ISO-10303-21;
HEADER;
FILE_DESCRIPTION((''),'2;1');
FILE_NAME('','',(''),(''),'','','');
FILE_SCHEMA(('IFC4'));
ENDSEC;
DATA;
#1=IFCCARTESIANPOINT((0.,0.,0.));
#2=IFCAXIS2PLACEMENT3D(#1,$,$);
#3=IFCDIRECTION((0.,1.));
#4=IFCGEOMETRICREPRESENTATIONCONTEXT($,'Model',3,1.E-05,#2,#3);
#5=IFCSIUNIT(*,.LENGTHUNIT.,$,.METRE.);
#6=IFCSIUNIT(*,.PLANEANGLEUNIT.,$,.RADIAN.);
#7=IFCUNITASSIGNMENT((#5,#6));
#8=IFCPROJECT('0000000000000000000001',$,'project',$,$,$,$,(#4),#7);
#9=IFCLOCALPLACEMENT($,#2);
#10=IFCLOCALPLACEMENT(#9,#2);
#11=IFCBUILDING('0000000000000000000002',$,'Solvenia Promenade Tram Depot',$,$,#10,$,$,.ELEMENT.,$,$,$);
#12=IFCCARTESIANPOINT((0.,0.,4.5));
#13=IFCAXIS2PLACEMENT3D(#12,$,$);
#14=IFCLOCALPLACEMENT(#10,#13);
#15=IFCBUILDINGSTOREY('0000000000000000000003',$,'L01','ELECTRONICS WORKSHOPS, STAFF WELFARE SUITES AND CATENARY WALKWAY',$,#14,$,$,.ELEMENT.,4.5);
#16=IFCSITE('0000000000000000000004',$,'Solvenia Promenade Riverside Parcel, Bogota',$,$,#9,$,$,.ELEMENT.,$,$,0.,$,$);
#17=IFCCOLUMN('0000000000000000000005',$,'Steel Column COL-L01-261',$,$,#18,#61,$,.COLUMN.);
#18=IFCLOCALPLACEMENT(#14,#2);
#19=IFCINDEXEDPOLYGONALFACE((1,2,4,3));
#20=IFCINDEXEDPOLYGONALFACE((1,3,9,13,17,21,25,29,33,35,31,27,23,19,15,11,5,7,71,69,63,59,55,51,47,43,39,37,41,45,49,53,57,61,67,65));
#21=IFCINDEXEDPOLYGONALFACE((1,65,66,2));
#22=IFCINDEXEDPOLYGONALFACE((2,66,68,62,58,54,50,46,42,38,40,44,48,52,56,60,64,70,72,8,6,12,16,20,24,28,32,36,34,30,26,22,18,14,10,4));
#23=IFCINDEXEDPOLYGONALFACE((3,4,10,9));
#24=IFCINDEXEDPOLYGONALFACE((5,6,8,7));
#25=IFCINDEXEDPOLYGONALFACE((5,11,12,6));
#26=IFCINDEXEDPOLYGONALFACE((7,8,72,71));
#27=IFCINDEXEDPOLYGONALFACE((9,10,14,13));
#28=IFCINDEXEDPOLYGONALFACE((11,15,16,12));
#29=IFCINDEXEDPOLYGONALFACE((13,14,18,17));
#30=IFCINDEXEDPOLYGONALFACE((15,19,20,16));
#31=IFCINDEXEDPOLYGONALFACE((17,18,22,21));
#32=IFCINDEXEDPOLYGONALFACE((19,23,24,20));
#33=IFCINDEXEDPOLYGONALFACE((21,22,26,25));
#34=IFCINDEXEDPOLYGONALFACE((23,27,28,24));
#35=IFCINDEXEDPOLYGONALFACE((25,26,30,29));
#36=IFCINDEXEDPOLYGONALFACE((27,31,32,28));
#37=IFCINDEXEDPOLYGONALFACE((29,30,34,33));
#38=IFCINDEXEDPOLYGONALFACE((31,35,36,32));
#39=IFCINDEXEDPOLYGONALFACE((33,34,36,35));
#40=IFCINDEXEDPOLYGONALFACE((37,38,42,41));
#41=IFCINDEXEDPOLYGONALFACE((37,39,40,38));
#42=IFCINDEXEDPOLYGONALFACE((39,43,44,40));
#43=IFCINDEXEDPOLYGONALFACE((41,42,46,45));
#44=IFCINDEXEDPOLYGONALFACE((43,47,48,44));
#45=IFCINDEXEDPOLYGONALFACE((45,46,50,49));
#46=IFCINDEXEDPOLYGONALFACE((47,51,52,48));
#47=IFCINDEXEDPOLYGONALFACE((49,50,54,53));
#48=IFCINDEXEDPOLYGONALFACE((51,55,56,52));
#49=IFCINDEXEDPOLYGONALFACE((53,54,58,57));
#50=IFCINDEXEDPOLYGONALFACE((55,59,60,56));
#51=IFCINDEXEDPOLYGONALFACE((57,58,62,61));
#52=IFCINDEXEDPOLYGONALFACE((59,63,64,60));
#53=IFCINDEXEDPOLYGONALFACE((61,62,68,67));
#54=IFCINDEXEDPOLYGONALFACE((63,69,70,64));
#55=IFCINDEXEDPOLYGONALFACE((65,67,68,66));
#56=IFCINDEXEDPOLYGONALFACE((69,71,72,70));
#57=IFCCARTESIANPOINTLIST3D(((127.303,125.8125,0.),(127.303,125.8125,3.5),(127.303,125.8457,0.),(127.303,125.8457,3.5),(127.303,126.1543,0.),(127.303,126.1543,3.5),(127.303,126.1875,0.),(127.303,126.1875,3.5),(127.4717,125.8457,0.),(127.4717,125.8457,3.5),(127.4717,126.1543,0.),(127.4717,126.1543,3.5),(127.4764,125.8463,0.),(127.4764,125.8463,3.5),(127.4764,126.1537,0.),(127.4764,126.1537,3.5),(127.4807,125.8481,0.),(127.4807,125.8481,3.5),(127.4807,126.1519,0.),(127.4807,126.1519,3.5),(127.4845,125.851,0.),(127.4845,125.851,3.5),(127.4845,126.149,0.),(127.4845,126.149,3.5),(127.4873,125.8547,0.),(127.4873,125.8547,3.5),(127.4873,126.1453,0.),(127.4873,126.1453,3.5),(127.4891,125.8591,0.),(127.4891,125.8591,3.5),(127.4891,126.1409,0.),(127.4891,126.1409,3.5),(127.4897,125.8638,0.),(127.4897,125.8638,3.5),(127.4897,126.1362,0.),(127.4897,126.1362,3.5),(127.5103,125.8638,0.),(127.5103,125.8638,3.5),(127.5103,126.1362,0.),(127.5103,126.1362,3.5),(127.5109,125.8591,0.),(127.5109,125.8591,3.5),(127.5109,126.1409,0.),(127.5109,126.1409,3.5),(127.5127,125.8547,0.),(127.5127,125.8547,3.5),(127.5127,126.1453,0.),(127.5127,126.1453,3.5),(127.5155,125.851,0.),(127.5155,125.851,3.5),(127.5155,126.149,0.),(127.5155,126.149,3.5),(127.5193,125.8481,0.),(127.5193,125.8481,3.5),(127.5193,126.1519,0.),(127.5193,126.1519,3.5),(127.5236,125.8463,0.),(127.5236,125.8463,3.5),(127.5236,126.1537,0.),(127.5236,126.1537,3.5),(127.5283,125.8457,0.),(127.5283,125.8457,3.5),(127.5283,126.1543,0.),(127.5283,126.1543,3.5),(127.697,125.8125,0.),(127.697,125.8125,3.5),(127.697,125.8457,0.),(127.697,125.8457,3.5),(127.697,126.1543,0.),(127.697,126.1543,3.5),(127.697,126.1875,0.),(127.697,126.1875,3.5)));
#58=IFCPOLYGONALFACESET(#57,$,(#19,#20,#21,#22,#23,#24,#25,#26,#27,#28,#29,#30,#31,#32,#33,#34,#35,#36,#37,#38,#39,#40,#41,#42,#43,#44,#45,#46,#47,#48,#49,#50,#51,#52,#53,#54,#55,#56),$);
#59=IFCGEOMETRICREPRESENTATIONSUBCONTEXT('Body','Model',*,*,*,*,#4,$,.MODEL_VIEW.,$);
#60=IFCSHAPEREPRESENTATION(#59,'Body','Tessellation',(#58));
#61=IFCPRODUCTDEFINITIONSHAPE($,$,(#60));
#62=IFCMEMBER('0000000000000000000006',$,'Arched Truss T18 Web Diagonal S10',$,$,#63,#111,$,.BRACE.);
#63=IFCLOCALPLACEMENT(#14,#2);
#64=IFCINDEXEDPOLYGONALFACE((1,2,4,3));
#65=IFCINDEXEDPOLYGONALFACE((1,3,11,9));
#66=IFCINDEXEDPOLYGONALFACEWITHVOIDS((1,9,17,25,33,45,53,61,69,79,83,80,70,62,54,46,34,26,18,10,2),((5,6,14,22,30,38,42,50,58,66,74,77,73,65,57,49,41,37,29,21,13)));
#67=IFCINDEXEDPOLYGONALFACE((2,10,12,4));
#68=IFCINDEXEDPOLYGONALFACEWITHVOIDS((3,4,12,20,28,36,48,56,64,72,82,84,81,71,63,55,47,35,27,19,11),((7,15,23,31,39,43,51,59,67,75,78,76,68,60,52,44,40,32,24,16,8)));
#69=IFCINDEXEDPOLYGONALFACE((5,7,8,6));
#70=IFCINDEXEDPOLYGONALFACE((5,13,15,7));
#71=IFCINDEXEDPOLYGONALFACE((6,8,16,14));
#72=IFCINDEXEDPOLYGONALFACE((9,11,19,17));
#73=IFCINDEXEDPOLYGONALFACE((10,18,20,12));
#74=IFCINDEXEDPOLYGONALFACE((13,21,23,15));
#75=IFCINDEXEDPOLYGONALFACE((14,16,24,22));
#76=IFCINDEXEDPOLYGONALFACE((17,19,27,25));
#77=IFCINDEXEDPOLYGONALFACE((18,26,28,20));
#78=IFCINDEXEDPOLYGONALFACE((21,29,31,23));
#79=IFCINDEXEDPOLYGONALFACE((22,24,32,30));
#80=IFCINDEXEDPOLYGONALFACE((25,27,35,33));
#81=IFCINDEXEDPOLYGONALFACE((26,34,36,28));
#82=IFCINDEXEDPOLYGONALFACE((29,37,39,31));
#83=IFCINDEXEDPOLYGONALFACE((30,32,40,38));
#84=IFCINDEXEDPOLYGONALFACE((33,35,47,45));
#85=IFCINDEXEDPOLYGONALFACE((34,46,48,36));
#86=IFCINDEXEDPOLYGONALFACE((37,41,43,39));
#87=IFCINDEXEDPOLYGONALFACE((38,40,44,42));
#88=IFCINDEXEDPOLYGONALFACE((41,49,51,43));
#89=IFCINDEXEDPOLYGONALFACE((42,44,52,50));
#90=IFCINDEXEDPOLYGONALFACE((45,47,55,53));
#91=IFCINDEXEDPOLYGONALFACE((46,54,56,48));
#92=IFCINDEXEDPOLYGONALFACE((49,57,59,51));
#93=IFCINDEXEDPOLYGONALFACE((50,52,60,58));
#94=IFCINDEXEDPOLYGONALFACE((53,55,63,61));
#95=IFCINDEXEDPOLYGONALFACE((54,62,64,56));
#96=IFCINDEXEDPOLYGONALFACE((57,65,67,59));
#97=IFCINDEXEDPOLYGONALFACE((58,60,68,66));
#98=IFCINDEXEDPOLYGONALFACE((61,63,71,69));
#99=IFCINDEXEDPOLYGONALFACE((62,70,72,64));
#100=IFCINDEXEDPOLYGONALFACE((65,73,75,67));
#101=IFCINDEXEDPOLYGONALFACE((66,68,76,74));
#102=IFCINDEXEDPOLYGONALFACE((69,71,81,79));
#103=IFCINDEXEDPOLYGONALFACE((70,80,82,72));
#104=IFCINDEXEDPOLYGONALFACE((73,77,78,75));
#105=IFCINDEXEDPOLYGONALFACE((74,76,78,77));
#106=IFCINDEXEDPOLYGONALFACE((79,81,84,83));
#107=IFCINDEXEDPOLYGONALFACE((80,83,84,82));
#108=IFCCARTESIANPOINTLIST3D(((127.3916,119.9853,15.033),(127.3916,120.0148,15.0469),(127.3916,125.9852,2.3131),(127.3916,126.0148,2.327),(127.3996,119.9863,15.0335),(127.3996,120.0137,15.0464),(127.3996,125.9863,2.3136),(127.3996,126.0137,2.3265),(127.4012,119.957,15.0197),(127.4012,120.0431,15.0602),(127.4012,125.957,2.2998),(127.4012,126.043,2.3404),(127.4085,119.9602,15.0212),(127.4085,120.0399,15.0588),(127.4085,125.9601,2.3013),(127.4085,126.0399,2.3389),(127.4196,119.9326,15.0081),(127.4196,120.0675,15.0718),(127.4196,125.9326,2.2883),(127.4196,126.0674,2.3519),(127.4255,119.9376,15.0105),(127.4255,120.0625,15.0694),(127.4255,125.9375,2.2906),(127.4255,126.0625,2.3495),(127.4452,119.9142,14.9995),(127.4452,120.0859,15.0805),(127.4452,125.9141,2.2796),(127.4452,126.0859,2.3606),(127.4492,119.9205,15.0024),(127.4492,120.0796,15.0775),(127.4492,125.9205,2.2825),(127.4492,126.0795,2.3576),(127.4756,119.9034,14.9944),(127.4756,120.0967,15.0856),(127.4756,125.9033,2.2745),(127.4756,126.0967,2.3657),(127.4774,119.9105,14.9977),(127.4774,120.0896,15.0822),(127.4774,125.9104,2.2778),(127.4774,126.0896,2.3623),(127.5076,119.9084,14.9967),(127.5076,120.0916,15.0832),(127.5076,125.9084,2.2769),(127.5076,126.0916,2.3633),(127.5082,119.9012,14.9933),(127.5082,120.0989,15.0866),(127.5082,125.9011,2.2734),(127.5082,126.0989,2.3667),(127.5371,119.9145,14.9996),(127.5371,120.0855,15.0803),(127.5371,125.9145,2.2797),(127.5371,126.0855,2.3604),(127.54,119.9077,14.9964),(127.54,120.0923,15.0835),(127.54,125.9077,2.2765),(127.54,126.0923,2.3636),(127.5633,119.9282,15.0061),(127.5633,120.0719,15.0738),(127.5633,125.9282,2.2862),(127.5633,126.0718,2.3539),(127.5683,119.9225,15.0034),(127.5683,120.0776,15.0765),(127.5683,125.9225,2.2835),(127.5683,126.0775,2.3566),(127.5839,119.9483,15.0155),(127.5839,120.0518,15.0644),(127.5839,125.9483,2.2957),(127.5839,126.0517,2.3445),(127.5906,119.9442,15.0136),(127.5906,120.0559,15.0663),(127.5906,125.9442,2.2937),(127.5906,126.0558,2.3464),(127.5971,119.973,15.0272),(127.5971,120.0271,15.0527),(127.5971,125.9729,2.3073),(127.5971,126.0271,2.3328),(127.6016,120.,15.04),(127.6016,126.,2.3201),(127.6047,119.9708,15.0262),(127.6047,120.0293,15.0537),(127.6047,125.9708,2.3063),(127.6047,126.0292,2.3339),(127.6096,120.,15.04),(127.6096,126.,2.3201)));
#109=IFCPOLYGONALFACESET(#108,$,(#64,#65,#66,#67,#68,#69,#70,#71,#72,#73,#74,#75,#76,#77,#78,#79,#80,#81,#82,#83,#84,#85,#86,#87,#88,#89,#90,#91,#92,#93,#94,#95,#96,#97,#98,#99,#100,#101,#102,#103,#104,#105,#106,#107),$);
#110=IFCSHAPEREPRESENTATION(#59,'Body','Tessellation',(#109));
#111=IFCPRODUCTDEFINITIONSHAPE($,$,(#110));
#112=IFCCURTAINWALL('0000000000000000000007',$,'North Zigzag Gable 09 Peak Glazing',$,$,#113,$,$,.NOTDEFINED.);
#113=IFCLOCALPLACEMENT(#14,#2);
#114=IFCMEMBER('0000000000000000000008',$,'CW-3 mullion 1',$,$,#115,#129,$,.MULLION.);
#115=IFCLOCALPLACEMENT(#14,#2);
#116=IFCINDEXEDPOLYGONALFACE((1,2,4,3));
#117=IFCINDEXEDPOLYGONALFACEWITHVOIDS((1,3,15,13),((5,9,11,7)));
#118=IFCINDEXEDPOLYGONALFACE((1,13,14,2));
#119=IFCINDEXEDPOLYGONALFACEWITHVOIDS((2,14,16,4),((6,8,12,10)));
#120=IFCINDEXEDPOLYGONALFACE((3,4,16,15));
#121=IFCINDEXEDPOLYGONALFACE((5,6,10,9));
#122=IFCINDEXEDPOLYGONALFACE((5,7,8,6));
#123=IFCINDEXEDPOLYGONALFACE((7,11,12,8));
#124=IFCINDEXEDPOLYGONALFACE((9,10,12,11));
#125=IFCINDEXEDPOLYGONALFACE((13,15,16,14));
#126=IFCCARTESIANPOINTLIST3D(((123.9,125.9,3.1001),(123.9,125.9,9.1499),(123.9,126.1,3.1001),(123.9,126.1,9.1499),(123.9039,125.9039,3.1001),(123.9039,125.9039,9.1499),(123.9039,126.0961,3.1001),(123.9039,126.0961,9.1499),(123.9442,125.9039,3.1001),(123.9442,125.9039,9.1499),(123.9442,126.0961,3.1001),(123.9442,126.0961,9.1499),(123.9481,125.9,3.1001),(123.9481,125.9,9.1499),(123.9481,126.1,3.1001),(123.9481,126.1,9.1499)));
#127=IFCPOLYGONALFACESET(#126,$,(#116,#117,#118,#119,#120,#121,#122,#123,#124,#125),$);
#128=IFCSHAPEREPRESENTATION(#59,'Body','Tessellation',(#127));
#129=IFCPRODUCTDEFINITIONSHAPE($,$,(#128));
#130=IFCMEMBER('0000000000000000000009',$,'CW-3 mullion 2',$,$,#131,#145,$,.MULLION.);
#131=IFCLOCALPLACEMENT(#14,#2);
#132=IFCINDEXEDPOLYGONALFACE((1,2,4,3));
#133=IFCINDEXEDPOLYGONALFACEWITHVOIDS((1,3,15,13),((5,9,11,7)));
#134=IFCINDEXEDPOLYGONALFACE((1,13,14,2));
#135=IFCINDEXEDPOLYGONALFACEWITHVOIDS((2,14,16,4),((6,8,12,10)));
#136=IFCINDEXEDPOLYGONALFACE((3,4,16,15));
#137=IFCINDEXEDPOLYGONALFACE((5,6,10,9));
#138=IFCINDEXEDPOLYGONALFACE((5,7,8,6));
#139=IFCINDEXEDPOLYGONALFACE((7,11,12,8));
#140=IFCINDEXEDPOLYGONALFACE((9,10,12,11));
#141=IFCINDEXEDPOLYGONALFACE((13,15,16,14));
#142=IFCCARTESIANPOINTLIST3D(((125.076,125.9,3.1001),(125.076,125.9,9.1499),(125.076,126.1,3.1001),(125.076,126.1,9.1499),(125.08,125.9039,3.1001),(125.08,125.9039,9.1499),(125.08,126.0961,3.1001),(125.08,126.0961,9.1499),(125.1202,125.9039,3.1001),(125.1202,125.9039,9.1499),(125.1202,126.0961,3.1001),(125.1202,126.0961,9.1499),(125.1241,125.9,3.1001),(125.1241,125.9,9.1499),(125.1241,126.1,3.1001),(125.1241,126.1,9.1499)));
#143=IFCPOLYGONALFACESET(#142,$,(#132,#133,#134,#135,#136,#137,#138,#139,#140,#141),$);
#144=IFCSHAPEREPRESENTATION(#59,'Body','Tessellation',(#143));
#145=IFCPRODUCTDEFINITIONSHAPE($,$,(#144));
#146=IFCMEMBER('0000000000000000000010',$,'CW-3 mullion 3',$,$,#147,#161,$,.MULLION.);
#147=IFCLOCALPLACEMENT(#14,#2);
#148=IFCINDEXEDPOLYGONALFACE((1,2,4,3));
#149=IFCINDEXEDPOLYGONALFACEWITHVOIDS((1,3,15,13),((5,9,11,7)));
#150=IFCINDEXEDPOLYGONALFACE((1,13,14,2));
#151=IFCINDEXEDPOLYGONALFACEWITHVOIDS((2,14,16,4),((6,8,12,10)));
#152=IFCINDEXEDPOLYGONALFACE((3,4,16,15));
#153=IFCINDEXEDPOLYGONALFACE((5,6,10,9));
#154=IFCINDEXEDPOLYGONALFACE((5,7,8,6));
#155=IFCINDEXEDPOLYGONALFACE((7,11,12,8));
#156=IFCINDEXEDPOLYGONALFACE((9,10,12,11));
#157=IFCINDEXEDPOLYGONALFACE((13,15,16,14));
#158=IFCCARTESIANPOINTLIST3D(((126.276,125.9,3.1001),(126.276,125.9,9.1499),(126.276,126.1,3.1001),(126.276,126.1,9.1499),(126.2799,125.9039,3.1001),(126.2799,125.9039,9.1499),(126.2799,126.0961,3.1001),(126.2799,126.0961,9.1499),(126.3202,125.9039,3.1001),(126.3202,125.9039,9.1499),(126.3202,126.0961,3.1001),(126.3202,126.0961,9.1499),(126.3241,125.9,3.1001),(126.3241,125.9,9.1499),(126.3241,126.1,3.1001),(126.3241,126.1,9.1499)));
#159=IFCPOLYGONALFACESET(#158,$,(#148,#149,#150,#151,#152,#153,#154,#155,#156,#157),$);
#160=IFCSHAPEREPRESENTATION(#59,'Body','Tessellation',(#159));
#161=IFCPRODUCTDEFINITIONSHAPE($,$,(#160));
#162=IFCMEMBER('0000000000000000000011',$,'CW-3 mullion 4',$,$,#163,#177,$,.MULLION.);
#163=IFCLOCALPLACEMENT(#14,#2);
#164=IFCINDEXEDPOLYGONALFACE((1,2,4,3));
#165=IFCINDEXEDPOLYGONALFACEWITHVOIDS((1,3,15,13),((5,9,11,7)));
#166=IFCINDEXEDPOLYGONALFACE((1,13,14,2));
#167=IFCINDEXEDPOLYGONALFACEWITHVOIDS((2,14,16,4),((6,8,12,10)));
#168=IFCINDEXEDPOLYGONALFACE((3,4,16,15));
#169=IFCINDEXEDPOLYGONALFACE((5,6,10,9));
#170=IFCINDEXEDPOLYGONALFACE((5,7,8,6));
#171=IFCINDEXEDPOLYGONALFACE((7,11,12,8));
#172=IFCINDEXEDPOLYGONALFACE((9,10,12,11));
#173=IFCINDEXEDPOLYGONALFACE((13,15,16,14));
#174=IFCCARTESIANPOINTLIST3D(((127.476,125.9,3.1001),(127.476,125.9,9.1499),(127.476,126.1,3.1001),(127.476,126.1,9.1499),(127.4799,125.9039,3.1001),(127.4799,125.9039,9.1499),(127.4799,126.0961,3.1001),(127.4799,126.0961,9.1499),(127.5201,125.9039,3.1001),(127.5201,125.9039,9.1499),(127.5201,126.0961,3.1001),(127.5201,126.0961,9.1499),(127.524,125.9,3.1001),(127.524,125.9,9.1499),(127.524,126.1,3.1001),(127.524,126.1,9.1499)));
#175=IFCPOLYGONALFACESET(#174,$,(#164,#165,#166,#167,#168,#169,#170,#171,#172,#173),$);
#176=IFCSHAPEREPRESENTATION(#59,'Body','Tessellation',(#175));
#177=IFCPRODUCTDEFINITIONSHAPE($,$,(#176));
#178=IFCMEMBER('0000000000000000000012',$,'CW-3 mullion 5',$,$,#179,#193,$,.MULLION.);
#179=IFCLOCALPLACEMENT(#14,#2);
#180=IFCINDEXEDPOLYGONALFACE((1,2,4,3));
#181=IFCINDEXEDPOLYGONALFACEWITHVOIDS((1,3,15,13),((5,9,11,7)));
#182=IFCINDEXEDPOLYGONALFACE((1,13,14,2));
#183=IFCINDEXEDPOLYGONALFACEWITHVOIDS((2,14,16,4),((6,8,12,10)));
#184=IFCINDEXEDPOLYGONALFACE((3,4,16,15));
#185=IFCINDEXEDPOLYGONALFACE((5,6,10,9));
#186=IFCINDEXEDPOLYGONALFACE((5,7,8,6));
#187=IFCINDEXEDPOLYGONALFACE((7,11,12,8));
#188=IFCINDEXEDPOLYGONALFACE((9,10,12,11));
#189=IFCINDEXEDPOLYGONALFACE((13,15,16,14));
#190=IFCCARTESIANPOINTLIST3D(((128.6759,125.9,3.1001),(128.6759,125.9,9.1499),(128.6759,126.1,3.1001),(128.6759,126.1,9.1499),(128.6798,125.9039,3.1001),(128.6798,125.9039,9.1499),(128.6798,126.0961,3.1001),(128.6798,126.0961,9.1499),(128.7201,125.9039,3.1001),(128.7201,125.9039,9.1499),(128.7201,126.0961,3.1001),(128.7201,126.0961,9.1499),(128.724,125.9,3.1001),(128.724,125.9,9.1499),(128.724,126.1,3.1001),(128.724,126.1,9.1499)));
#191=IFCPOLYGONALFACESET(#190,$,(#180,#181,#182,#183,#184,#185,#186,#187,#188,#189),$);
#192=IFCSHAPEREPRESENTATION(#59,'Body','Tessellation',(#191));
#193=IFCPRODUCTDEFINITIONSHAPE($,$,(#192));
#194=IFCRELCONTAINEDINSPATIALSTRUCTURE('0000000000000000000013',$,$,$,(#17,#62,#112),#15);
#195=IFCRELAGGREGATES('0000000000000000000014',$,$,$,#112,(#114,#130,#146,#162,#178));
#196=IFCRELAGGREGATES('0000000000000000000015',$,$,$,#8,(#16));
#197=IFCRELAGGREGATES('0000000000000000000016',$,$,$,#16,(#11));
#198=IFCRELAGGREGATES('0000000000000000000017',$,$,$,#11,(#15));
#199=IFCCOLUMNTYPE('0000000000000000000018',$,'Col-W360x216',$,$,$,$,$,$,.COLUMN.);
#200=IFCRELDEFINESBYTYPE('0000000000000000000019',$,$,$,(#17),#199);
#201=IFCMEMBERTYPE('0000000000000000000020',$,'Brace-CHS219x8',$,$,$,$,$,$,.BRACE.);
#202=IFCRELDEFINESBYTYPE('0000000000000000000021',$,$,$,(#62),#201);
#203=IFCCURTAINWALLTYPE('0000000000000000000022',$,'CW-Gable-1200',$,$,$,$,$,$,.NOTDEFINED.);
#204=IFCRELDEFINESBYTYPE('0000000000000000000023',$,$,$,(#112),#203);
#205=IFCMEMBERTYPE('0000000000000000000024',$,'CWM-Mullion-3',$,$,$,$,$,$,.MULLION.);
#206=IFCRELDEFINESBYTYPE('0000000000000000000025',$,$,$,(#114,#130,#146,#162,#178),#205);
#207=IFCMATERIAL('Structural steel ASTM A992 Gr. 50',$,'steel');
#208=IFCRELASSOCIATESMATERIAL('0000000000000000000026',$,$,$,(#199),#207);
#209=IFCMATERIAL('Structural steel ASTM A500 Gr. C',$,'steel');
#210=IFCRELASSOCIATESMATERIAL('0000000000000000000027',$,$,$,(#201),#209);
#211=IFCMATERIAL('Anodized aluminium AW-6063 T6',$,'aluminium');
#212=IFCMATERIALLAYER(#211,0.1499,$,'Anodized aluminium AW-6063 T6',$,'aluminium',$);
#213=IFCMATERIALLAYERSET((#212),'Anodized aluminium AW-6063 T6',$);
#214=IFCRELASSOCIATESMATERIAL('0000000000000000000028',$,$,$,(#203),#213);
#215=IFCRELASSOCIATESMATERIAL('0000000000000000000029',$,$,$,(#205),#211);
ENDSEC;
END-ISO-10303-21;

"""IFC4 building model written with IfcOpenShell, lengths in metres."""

from ifc_helpers import new_model, si_unit, direction, frame, origin, origin_2d, place, context, subcontext, project, spatial, hollow_rectangle, hollow_circle, i_section, extrude, material, layer, layer_set, material_profile, profile_set, type_object, element, aggregate, save


model = new_model("IFC4")

# Units and contexts
model_context = context("Model", 3, precision=1e-05, world=origin(), true_north=direction((0.0, 1.0)))
body_context = subcontext(model_context, "Body", "Model", "MODEL_VIEW")
ifc_project = project(units=[si_unit("LENGTHUNIT", "METRE"), si_unit("PLANEANGLEUNIT", "RADIAN")], contexts=[model_context])

# Site, building, storey
site_placement = place(None, origin())
site = spatial("IfcSite", under=ifc_project, at=site_placement, Name="Solvenia Promenade Riverside Parcel, Bogota", CompositionType="ELEMENT", RefElevation=0.0)
building_placement = place(site_placement, origin())
building = spatial("IfcBuilding", under=site, at=building_placement, Name="Solvenia Promenade Tram Depot", CompositionType="ELEMENT")
storey_placement = place(building_placement, frame((0.0, 0.0, 4.5)))
storey = spatial("IfcBuildingStorey", under=building, at=storey_placement, Name="L01", Description="ELECTRONICS WORKSHOPS, STAFF WELFARE SUITES AND CATENARY WALKWAY", CompositionType="ELEMENT", Elevation=4.5)

# Column
ifc_material_1 = material(Name="Structural steel ASTM A992 Gr. 50", Category="steel")
ifc_material_profile_1 = material_profile(ifc_material_1, i_section(OverallWidth=0.394, OverallDepth=0.375, WebThickness=0.0205, FlangeThickness=0.0332, FilletRadius=0.0181, at=origin_2d()), Name="W360x216", Category="steel")
ifc_profile_set_1 = profile_set([ifc_material_profile_1], Name="Structural steel ASTM A992 Gr. 50")
column_type = type_object("IfcColumnType", Name="Col-W360x216", PredefinedType="COLUMN", material=ifc_profile_set_1)
column_placement = place(storey_placement, frame((127.5, 126.0, 0.0), z_axis=(0.0, 0.0, 1.0), x_axis=(1.0, 0.0, 0.0)))
element("IfcColumn", 1, at=column_placement, inside=storey, type_object=column_type, Name="Steel Column COL-L01-261", PredefinedType="COLUMN", context=body_context, shape_type="SweptSolid", body=[
    extrude(i_section(OverallWidth=0.394, OverallDepth=0.375, WebThickness=0.0205, FlangeThickness=0.0332, FilletRadius=0.0181, at=origin_2d()), origin(), (0.0, 0.0, 1.0), 3.5),
])

# Member
ifc_material_2 = material(Name="Structural steel ASTM A500 Gr. C", Category="steel")
ifc_material_profile_2 = material_profile(ifc_material_2, hollow_circle(Radius=0.1096, WallThickness=0.0081, at=origin_2d()), Name="CHS219.1x8", Category="steel")
ifc_profile_set_2 = profile_set([ifc_material_profile_2], Name="Structural steel ASTM A500 Gr. C")
member_type_1 = type_object("IfcMemberType", Name="Brace-CHS219x8", PredefinedType="BRACE", material=ifc_profile_set_2)
member_1_placement = place(storey_placement, frame((127.5, 126.0, 2.3201), z_axis=(0.0, -0.426619, 0.904431), x_axis=(1.0, 0.0, 0.0)))
element("IfcMember", 2, at=member_1_placement, inside=storey, type_object=member_type_1, Name="Arched Truss T18 Web Diagonal S10", PredefinedType="BRACE", context=body_context, shape_type="SweptSolid", body=[
    extrude(hollow_circle(Radius=0.1096, WallThickness=0.0081, at=origin_2d()), origin(), (0.0, 0.0, 1.0), 14.064),
])

# Curtain wall, members
ifc_material_3 = material(Name="Anodized aluminium AW-6063 T6", Category="aluminium")
ifc_layer_1 = layer(ifc_material_3, 0.1499, Name="Anodized aluminium AW-6063 T6", Category="aluminium")
ifc_layer_set_1 = layer_set([ifc_layer_1], Name="Anodized aluminium AW-6063 T6")
curtain_wall_type = type_object("IfcCurtainWallType", Name="CW-Gable-1200", PredefinedType="NOTDEFINED", material=ifc_layer_set_1)
curtain_wall_placement = place(storey_placement, origin())
curtain_wall = element("IfcCurtainWall", 3, at=curtain_wall_placement, inside=storey, type_object=curtain_wall_type, Name="North Zigzag Gable 09 Peak Glazing", PredefinedType="NOTDEFINED")
ifc_material_profile_3 = material_profile(ifc_material_3, hollow_rectangle(XDim=0.2, YDim=0.0481, WallThickness=0.0039, at=origin_2d()), Name="ALU-M3", Category="aluminium")
ifc_profile_set_3 = profile_set([ifc_material_profile_3], Name="Anodized aluminium AW-6063 T6")
member_type_2 = type_object("IfcMemberType", Name="CWM-Mullion-3", PredefinedType="MULLION", material=ifc_profile_set_3)
member_2_placement = place(storey_placement, frame((123.9241, 126.0, 3.1001), z_axis=(0.0, 0.0, 1.0), x_axis=(0.0, 1.0, 0.0)))
member_2 = element("IfcMember", 4, at=member_2_placement, type_object=member_type_2, Name="CW-3 mullion 1", PredefinedType="MULLION", context=body_context, shape_type="SweptSolid", body=[
    extrude(hollow_rectangle(XDim=0.2, YDim=0.0481, WallThickness=0.0039, at=origin_2d()), origin(), (0.0, 0.0, 1.0), 6.0498),
])
member_3_placement = place(storey_placement, frame((125.1001, 126.0, 3.1001), z_axis=(0.0, 0.0, 1.0), x_axis=(0.0, 1.0, 0.0)))
member_3 = element("IfcMember", 5, at=member_3_placement, type_object=member_type_2, Name="CW-3 mullion 2", PredefinedType="MULLION", context=body_context, shape_type="SweptSolid", body=[
    extrude(hollow_rectangle(XDim=0.2, YDim=0.0481, WallThickness=0.0039, at=origin_2d()), origin(), (0.0, 0.0, 1.0), 6.0498),
])
member_4_placement = place(storey_placement, frame((126.3, 126.0, 3.1001), z_axis=(0.0, 0.0, 1.0), x_axis=(0.0, 1.0, 0.0)))
member_4 = element("IfcMember", 6, at=member_4_placement, type_object=member_type_2, Name="CW-3 mullion 3", PredefinedType="MULLION", context=body_context, shape_type="SweptSolid", body=[
    extrude(hollow_rectangle(XDim=0.2, YDim=0.0481, WallThickness=0.0039, at=origin_2d()), origin(), (0.0, 0.0, 1.0), 6.0498),
])
member_5_placement = place(storey_placement, frame((127.5, 126.0, 3.1001), z_axis=(0.0, 0.0, 1.0), x_axis=(0.0, 1.0, 0.0)))
member_5 = element("IfcMember", 7, at=member_5_placement, type_object=member_type_2, Name="CW-3 mullion 4", PredefinedType="MULLION", context=body_context, shape_type="SweptSolid", body=[
    extrude(hollow_rectangle(XDim=0.2, YDim=0.0481, WallThickness=0.0039, at=origin_2d()), origin(), (0.0, 0.0, 1.0), 6.0498),
])
member_6_placement = place(storey_placement, frame((128.7, 126.0, 3.1001), z_axis=(0.0, 0.0, 1.0), x_axis=(0.0, 1.0, 0.0)))
member_6 = element("IfcMember", 8, at=member_6_placement, type_object=member_type_2, Name="CW-3 mullion 5", PredefinedType="MULLION", context=body_context, shape_type="SweptSolid", body=[
    extrude(hollow_rectangle(XDim=0.2, YDim=0.0481, WallThickness=0.0039, at=origin_2d()), origin(), (0.0, 0.0, 1.0), 6.0498),
])

aggregate(curtain_wall, [member_2, member_3, member_4, member_5, member_6])

save(model, "model.ifc")
